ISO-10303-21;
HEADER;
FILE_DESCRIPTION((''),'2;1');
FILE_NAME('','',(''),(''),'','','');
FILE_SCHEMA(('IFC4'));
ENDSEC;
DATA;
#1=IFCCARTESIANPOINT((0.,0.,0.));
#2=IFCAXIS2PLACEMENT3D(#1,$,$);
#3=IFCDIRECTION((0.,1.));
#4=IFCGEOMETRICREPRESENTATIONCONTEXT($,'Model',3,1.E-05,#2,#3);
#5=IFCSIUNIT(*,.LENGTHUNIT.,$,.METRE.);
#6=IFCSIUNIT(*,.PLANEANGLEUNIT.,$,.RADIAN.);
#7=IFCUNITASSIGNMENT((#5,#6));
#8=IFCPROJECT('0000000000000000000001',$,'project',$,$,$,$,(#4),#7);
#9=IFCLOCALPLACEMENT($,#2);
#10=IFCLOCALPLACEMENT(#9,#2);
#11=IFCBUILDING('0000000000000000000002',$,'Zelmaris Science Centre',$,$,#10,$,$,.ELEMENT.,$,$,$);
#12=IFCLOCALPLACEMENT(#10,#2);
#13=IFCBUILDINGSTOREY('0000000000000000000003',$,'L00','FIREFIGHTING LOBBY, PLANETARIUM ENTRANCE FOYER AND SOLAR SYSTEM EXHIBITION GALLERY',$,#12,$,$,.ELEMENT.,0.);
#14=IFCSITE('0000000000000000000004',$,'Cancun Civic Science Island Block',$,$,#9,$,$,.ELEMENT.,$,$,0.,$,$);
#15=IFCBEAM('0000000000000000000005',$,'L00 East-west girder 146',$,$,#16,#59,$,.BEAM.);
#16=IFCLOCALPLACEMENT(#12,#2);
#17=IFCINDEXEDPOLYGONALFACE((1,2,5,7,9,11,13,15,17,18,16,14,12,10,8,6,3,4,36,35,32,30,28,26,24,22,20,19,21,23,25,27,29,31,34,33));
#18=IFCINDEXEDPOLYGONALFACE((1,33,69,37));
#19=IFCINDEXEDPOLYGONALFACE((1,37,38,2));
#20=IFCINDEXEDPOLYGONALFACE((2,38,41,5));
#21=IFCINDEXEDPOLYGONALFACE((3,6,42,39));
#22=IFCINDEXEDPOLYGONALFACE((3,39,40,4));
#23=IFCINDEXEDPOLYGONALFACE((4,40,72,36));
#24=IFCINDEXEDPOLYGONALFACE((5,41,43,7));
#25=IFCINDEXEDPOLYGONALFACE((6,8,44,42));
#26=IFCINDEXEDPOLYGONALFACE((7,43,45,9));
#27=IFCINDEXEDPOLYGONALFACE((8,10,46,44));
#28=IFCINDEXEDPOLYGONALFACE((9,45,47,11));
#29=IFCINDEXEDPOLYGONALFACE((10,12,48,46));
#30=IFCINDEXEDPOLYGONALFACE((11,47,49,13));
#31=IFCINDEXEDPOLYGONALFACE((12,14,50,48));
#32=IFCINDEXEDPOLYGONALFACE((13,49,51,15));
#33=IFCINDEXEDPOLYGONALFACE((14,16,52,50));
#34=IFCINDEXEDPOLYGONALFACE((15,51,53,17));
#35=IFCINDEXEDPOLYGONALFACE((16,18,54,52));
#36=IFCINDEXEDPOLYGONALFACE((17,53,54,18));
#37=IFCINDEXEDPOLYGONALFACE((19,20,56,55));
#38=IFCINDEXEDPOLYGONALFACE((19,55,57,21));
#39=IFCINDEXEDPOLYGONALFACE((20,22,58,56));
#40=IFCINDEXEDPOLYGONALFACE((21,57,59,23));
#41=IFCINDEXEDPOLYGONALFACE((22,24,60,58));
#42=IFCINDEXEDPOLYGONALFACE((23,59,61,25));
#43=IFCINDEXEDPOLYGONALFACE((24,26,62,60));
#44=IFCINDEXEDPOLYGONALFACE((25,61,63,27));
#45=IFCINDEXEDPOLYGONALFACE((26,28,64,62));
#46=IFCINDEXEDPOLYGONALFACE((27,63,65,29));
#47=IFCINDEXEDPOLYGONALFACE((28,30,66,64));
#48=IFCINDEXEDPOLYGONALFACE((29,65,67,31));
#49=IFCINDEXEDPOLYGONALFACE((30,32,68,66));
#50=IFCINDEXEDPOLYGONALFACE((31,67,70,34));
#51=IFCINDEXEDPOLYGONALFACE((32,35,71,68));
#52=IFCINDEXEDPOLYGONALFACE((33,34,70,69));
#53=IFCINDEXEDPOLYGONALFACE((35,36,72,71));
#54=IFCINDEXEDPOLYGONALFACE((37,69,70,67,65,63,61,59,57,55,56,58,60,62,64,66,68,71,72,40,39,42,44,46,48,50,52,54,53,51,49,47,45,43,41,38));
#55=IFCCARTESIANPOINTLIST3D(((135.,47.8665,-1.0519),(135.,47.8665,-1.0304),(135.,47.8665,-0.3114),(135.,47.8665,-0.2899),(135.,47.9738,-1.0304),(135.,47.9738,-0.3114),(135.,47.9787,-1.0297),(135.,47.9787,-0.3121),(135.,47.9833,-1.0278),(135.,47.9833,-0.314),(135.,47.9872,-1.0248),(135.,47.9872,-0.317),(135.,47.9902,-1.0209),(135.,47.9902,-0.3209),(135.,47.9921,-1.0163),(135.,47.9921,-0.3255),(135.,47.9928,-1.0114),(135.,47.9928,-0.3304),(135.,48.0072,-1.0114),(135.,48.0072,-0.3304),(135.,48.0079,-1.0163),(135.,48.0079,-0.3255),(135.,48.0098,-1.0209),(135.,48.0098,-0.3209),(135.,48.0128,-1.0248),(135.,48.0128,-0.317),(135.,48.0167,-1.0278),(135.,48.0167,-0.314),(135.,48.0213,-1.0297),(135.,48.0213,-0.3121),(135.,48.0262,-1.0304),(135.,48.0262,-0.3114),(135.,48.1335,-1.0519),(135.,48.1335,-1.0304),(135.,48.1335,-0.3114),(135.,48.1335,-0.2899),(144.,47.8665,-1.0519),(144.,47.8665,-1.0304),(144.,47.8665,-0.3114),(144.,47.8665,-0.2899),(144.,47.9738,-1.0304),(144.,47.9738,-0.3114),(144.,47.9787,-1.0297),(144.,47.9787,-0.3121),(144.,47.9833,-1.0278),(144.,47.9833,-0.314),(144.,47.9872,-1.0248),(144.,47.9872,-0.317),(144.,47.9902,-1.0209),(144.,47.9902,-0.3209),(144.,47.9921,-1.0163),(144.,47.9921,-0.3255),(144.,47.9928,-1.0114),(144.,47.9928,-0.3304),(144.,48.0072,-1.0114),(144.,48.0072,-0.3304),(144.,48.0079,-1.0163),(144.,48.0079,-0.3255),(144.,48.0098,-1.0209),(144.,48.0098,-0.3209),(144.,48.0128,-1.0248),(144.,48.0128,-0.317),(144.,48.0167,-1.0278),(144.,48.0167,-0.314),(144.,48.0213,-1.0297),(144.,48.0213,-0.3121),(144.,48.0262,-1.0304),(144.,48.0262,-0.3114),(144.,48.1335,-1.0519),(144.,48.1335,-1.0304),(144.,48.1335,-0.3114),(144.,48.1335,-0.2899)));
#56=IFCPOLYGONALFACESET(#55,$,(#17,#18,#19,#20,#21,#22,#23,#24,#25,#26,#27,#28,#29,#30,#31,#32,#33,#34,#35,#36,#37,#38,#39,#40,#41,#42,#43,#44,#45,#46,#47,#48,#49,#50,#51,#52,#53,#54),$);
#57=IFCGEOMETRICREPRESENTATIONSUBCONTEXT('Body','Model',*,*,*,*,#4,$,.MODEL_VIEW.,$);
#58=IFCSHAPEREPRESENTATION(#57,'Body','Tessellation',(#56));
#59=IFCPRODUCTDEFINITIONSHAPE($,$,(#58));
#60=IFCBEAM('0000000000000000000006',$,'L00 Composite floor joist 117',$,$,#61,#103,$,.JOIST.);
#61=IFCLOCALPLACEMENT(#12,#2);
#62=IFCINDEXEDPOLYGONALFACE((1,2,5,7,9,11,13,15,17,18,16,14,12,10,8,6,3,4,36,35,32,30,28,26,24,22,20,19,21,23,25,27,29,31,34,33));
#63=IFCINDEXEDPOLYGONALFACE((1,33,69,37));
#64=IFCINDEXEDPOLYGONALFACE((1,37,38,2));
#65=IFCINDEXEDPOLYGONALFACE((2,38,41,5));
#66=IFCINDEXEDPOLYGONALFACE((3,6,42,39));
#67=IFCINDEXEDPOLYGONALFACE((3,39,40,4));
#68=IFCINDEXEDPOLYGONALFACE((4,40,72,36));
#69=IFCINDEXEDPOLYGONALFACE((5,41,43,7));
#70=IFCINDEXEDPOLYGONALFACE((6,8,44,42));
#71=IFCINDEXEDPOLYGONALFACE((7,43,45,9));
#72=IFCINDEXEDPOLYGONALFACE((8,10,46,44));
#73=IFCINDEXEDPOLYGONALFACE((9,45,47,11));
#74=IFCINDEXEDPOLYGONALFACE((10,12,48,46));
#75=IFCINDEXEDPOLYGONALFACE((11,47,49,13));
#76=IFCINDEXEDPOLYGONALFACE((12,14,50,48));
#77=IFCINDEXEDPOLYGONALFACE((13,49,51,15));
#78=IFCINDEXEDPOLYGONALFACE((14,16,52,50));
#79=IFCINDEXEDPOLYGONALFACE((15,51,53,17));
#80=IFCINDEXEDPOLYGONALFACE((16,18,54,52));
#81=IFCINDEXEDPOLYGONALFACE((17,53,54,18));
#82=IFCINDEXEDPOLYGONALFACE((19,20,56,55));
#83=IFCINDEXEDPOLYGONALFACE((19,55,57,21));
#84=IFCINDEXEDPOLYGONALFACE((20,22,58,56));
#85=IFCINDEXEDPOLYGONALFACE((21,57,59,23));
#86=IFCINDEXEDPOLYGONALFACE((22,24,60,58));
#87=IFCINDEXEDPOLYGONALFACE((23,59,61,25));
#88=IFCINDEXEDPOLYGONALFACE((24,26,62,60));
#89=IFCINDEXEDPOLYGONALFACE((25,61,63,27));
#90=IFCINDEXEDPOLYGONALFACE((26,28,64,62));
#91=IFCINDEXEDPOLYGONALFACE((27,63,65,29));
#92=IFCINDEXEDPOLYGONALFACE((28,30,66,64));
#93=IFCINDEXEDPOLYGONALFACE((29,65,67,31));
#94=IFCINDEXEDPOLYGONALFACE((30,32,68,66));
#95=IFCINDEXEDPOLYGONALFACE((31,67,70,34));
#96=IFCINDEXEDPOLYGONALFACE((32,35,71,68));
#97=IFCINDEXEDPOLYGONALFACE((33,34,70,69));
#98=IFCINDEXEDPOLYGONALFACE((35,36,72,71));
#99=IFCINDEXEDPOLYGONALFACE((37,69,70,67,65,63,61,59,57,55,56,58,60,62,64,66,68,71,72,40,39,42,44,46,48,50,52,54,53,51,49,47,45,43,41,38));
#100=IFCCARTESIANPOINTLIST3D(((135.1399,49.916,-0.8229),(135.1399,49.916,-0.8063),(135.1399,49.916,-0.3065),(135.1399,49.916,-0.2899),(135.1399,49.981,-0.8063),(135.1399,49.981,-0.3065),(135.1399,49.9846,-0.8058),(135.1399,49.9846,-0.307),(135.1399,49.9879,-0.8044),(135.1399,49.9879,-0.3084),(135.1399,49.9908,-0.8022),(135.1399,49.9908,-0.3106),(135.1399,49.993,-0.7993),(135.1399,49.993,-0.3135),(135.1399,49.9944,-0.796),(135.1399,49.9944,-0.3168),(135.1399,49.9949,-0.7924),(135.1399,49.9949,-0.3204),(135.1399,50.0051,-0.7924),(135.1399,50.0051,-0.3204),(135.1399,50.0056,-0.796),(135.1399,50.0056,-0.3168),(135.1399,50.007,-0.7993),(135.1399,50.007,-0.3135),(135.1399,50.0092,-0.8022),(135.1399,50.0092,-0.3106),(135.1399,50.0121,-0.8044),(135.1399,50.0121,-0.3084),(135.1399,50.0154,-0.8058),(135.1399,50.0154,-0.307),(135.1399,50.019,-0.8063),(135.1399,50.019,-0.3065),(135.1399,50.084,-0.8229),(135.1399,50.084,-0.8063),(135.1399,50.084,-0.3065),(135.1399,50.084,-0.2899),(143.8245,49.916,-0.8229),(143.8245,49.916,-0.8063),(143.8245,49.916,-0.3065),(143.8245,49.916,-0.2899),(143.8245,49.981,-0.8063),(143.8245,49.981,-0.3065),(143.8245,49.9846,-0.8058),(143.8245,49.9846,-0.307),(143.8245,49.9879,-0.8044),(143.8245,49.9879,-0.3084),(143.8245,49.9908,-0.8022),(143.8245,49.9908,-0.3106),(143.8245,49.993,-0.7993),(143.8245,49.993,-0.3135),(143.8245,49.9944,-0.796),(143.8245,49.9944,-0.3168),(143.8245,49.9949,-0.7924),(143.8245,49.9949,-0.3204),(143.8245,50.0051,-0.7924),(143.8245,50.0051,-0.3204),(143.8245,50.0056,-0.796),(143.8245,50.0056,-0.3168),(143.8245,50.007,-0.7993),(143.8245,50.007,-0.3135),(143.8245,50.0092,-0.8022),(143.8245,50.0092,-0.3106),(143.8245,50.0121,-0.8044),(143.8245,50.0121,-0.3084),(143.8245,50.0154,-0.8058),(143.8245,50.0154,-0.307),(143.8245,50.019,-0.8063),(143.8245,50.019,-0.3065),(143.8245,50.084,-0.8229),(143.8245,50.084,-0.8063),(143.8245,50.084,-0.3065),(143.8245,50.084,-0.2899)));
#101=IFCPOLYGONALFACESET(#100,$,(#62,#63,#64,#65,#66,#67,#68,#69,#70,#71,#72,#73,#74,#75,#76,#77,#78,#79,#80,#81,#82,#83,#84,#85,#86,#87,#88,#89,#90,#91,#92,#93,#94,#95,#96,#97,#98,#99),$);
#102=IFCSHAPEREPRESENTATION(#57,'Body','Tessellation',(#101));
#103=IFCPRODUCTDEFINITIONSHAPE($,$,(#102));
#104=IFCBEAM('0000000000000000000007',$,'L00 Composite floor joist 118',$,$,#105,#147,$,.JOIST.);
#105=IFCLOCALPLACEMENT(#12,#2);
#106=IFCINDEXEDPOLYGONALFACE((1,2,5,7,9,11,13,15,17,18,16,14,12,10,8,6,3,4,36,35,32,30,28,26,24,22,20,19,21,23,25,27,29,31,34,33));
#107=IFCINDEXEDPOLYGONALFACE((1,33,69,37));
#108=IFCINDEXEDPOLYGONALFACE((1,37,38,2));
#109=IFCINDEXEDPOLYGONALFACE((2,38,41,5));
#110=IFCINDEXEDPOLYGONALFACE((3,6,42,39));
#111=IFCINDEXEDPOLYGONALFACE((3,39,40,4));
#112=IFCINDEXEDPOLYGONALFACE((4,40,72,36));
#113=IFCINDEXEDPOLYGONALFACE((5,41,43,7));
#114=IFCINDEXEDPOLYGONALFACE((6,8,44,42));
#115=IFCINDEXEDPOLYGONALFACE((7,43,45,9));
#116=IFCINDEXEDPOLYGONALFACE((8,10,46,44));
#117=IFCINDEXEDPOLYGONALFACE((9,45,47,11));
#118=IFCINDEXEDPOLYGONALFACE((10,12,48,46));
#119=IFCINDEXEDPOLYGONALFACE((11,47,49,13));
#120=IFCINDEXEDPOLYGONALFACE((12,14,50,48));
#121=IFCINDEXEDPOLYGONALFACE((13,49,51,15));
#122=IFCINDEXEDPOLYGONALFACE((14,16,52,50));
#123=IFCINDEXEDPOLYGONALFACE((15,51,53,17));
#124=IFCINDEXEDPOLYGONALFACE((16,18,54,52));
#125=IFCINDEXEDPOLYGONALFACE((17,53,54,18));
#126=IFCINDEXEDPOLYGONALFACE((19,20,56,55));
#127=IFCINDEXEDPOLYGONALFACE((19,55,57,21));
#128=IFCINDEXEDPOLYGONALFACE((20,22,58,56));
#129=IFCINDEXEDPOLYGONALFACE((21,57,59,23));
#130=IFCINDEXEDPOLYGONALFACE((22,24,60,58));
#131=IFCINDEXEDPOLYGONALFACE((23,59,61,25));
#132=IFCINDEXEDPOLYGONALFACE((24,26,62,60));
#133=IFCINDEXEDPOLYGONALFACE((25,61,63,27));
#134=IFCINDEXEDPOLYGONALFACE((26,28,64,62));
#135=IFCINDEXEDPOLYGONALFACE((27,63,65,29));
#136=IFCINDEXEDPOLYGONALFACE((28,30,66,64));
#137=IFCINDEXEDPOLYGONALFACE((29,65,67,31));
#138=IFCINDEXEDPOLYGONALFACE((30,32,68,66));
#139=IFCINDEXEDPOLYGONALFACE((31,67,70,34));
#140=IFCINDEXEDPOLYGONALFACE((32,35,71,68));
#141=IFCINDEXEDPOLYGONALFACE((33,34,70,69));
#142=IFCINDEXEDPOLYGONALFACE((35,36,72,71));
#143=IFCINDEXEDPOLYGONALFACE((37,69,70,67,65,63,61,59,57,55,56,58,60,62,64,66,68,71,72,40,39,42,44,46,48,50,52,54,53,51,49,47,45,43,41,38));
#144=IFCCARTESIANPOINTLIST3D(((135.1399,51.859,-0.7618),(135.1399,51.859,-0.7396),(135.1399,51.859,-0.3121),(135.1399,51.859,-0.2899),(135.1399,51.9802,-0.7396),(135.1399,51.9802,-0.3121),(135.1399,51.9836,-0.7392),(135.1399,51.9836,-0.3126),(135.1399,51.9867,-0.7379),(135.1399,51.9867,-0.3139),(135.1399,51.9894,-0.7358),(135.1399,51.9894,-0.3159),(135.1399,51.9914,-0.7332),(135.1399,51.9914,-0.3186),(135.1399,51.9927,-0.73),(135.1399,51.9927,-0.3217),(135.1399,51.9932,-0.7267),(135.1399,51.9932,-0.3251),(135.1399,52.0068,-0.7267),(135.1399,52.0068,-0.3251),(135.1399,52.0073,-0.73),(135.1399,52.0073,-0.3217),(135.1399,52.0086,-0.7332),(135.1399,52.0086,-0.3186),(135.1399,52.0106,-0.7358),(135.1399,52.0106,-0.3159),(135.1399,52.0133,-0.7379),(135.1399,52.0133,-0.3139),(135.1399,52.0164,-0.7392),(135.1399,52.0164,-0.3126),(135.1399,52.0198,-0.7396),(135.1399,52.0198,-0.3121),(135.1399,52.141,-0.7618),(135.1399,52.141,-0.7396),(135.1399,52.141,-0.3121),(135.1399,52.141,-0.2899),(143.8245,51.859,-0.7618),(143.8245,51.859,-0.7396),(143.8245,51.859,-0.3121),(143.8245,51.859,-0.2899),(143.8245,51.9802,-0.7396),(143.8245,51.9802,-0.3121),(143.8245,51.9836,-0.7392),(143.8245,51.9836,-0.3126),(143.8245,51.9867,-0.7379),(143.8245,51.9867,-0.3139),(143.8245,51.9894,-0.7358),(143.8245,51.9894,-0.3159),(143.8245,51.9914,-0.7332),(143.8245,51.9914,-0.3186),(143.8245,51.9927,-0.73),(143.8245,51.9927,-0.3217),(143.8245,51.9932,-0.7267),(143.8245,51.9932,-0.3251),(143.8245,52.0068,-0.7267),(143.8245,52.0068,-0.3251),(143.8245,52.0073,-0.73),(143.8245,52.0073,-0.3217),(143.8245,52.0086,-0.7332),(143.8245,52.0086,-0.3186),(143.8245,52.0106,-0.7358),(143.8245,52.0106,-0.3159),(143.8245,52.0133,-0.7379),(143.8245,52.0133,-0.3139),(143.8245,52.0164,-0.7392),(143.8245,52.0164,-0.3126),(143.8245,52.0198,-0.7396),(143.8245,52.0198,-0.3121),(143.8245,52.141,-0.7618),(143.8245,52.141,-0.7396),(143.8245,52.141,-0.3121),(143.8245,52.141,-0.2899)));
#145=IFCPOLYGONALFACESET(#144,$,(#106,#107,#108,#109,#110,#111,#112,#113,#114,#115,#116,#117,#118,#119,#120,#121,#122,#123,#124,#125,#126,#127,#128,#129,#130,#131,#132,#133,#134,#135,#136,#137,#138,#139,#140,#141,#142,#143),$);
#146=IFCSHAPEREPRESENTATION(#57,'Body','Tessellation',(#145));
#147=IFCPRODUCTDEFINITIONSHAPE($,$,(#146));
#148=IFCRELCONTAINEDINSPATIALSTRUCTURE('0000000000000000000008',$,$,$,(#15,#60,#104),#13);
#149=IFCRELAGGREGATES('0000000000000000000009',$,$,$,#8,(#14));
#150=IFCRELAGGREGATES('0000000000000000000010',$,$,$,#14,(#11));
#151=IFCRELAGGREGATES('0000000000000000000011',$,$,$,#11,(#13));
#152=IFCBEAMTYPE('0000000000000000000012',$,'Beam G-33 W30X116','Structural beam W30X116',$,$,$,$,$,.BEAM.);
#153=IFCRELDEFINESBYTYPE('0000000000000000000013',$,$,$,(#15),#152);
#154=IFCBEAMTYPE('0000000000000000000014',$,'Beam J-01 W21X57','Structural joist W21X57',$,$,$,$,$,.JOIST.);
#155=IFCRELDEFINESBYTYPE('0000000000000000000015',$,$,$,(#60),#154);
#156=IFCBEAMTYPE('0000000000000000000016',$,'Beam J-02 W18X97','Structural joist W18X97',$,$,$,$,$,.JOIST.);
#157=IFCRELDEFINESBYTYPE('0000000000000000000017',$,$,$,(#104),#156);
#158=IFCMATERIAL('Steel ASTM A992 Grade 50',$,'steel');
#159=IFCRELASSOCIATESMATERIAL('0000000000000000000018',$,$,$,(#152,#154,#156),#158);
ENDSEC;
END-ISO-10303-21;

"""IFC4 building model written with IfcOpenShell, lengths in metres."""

from ifc_helpers import new_model, si_unit, direction, frame, origin, origin_2d, place, context, subcontext, project, spatial, i_section, extrude, material, material_profile, profile_set, type_object, element, save


model = new_model("IFC4")

# Units and contexts
model_context = context("Model", 3, precision=1e-05, world=origin(), true_north=direction((0.0, 1.0)))
body_context = subcontext(model_context, "Body", "Model", "MODEL_VIEW")
ifc_project = project(units=[si_unit("LENGTHUNIT", "METRE"), si_unit("PLANEANGLEUNIT", "RADIAN")], contexts=[model_context])

# Site, building, storey
site_placement = place(None, origin())
site = spatial("IfcSite", under=ifc_project, at=site_placement, Name="Cancun Civic Science Island Block", CompositionType="ELEMENT", RefElevation=0.0)
building_placement = place(site_placement, origin())
building = spatial("IfcBuilding", under=site, at=building_placement, Name="Zelmaris Science Centre", CompositionType="ELEMENT")
storey_placement = place(building_placement, origin())
storey = spatial("IfcBuildingStorey", under=building, at=storey_placement, Name="L00", Description="FIREFIGHTING LOBBY, PLANETARIUM ENTRANCE FOYER AND SOLAR SYSTEM EXHIBITION GALLERY", CompositionType="ELEMENT", Elevation=0.0)

# Shared definitions
ifc_material_1 = material(Name="Steel ASTM A992 Grade 50", Category="steel")

# Beams
ifc_material_profile_1 = material_profile(ifc_material_1, i_section(OverallWidth=0.2671, OverallDepth=0.762, WebThickness=0.0144, FlangeThickness=0.0215, FilletRadius=0.019, at=origin_2d()), Name="W30X116")
ifc_profile_set_1 = profile_set([ifc_material_profile_1], Name="Steel ASTM A992 Grade 50")
beam_type_1 = type_object("IfcBeamType", Name="Beam G-33 W30X116", Description="Structural beam W30X116", PredefinedType="BEAM", material=ifc_profile_set_1)
beam_1_placement = place(storey_placement, frame((135.0, 48.0, -0.6709), z_axis=(1.0, 0.0, 0.0), x_axis=(0.0, 1.0, 0.0)))
element("IfcBeam", 1, at=beam_1_placement, inside=storey, type_object=beam_type_1, Name="L00 East-west girder 146", PredefinedType="BEAM", context=body_context, shape_type="SweptSolid", body=[
    extrude(i_section(OverallWidth=0.2671, OverallDepth=0.762, WebThickness=0.0144, FlangeThickness=0.0215, FilletRadius=0.019, at=origin_2d()), origin(), (0.0, 0.0, 1.0), 9.0),
])
ifc_material_profile_2 = material_profile(ifc_material_1, i_section(OverallWidth=0.168, OverallDepth=0.533, WebThickness=0.0103, FlangeThickness=0.0166, FilletRadius=0.0139, at=origin_2d()), Name="W21X57")
ifc_profile_set_2 = profile_set([ifc_material_profile_2], Name="Steel ASTM A992 Grade 50")
beam_type_2 = type_object("IfcBeamType", Name="Beam J-01 W21X57", Description="Structural joist W21X57", PredefinedType="JOIST", material=ifc_profile_set_2)
beam_2_placement = place(storey_placement, frame((135.1399, 50.0, -0.5564), z_axis=(1.0, 0.0, 0.0), x_axis=(0.0, 1.0, 0.0)))
element("IfcBeam", 2, at=beam_2_placement, inside=storey, type_object=beam_type_2, Name="L00 Composite floor joist 117", PredefinedType="JOIST", context=body_context, shape_type="SweptSolid", body=[
    extrude(i_section(OverallWidth=0.168, OverallDepth=0.533, WebThickness=0.0103, FlangeThickness=0.0166, FilletRadius=0.0139, at=origin_2d()), origin(), (0.0, 0.0, 1.0), 8.6846),
])
ifc_material_profile_3 = material_profile(ifc_material_1, i_section(OverallWidth=0.282, OverallDepth=0.4719, WebThickness=0.0137, FlangeThickness=0.0222, FilletRadius=0.0129, at=origin_2d()), Name="W18X97")
ifc_profile_set_3 = profile_set([ifc_material_profile_3], Name="Steel ASTM A992 Grade 50")
beam_type_3 = type_object("IfcBeamType", Name="Beam J-02 W18X97", Description="Structural joist W18X97", PredefinedType="JOIST", material=ifc_profile_set_3)
beam_3_placement = place(storey_placement, frame((135.1399, 52.0, -0.5259), z_axis=(1.0, 0.0, 0.0), x_axis=(0.0, 1.0, 0.0)))
element("IfcBeam", 3, at=beam_3_placement, inside=storey, type_object=beam_type_3, Name="L00 Composite floor joist 118", PredefinedType="JOIST", context=body_context, shape_type="SweptSolid", body=[
    extrude(i_section(OverallWidth=0.282, OverallDepth=0.4719, WebThickness=0.0137, FlangeThickness=0.0222, FilletRadius=0.0129, at=origin_2d()), origin(), (0.0, 0.0, 1.0), 8.6846),
])

save(model, "model.ifc")
